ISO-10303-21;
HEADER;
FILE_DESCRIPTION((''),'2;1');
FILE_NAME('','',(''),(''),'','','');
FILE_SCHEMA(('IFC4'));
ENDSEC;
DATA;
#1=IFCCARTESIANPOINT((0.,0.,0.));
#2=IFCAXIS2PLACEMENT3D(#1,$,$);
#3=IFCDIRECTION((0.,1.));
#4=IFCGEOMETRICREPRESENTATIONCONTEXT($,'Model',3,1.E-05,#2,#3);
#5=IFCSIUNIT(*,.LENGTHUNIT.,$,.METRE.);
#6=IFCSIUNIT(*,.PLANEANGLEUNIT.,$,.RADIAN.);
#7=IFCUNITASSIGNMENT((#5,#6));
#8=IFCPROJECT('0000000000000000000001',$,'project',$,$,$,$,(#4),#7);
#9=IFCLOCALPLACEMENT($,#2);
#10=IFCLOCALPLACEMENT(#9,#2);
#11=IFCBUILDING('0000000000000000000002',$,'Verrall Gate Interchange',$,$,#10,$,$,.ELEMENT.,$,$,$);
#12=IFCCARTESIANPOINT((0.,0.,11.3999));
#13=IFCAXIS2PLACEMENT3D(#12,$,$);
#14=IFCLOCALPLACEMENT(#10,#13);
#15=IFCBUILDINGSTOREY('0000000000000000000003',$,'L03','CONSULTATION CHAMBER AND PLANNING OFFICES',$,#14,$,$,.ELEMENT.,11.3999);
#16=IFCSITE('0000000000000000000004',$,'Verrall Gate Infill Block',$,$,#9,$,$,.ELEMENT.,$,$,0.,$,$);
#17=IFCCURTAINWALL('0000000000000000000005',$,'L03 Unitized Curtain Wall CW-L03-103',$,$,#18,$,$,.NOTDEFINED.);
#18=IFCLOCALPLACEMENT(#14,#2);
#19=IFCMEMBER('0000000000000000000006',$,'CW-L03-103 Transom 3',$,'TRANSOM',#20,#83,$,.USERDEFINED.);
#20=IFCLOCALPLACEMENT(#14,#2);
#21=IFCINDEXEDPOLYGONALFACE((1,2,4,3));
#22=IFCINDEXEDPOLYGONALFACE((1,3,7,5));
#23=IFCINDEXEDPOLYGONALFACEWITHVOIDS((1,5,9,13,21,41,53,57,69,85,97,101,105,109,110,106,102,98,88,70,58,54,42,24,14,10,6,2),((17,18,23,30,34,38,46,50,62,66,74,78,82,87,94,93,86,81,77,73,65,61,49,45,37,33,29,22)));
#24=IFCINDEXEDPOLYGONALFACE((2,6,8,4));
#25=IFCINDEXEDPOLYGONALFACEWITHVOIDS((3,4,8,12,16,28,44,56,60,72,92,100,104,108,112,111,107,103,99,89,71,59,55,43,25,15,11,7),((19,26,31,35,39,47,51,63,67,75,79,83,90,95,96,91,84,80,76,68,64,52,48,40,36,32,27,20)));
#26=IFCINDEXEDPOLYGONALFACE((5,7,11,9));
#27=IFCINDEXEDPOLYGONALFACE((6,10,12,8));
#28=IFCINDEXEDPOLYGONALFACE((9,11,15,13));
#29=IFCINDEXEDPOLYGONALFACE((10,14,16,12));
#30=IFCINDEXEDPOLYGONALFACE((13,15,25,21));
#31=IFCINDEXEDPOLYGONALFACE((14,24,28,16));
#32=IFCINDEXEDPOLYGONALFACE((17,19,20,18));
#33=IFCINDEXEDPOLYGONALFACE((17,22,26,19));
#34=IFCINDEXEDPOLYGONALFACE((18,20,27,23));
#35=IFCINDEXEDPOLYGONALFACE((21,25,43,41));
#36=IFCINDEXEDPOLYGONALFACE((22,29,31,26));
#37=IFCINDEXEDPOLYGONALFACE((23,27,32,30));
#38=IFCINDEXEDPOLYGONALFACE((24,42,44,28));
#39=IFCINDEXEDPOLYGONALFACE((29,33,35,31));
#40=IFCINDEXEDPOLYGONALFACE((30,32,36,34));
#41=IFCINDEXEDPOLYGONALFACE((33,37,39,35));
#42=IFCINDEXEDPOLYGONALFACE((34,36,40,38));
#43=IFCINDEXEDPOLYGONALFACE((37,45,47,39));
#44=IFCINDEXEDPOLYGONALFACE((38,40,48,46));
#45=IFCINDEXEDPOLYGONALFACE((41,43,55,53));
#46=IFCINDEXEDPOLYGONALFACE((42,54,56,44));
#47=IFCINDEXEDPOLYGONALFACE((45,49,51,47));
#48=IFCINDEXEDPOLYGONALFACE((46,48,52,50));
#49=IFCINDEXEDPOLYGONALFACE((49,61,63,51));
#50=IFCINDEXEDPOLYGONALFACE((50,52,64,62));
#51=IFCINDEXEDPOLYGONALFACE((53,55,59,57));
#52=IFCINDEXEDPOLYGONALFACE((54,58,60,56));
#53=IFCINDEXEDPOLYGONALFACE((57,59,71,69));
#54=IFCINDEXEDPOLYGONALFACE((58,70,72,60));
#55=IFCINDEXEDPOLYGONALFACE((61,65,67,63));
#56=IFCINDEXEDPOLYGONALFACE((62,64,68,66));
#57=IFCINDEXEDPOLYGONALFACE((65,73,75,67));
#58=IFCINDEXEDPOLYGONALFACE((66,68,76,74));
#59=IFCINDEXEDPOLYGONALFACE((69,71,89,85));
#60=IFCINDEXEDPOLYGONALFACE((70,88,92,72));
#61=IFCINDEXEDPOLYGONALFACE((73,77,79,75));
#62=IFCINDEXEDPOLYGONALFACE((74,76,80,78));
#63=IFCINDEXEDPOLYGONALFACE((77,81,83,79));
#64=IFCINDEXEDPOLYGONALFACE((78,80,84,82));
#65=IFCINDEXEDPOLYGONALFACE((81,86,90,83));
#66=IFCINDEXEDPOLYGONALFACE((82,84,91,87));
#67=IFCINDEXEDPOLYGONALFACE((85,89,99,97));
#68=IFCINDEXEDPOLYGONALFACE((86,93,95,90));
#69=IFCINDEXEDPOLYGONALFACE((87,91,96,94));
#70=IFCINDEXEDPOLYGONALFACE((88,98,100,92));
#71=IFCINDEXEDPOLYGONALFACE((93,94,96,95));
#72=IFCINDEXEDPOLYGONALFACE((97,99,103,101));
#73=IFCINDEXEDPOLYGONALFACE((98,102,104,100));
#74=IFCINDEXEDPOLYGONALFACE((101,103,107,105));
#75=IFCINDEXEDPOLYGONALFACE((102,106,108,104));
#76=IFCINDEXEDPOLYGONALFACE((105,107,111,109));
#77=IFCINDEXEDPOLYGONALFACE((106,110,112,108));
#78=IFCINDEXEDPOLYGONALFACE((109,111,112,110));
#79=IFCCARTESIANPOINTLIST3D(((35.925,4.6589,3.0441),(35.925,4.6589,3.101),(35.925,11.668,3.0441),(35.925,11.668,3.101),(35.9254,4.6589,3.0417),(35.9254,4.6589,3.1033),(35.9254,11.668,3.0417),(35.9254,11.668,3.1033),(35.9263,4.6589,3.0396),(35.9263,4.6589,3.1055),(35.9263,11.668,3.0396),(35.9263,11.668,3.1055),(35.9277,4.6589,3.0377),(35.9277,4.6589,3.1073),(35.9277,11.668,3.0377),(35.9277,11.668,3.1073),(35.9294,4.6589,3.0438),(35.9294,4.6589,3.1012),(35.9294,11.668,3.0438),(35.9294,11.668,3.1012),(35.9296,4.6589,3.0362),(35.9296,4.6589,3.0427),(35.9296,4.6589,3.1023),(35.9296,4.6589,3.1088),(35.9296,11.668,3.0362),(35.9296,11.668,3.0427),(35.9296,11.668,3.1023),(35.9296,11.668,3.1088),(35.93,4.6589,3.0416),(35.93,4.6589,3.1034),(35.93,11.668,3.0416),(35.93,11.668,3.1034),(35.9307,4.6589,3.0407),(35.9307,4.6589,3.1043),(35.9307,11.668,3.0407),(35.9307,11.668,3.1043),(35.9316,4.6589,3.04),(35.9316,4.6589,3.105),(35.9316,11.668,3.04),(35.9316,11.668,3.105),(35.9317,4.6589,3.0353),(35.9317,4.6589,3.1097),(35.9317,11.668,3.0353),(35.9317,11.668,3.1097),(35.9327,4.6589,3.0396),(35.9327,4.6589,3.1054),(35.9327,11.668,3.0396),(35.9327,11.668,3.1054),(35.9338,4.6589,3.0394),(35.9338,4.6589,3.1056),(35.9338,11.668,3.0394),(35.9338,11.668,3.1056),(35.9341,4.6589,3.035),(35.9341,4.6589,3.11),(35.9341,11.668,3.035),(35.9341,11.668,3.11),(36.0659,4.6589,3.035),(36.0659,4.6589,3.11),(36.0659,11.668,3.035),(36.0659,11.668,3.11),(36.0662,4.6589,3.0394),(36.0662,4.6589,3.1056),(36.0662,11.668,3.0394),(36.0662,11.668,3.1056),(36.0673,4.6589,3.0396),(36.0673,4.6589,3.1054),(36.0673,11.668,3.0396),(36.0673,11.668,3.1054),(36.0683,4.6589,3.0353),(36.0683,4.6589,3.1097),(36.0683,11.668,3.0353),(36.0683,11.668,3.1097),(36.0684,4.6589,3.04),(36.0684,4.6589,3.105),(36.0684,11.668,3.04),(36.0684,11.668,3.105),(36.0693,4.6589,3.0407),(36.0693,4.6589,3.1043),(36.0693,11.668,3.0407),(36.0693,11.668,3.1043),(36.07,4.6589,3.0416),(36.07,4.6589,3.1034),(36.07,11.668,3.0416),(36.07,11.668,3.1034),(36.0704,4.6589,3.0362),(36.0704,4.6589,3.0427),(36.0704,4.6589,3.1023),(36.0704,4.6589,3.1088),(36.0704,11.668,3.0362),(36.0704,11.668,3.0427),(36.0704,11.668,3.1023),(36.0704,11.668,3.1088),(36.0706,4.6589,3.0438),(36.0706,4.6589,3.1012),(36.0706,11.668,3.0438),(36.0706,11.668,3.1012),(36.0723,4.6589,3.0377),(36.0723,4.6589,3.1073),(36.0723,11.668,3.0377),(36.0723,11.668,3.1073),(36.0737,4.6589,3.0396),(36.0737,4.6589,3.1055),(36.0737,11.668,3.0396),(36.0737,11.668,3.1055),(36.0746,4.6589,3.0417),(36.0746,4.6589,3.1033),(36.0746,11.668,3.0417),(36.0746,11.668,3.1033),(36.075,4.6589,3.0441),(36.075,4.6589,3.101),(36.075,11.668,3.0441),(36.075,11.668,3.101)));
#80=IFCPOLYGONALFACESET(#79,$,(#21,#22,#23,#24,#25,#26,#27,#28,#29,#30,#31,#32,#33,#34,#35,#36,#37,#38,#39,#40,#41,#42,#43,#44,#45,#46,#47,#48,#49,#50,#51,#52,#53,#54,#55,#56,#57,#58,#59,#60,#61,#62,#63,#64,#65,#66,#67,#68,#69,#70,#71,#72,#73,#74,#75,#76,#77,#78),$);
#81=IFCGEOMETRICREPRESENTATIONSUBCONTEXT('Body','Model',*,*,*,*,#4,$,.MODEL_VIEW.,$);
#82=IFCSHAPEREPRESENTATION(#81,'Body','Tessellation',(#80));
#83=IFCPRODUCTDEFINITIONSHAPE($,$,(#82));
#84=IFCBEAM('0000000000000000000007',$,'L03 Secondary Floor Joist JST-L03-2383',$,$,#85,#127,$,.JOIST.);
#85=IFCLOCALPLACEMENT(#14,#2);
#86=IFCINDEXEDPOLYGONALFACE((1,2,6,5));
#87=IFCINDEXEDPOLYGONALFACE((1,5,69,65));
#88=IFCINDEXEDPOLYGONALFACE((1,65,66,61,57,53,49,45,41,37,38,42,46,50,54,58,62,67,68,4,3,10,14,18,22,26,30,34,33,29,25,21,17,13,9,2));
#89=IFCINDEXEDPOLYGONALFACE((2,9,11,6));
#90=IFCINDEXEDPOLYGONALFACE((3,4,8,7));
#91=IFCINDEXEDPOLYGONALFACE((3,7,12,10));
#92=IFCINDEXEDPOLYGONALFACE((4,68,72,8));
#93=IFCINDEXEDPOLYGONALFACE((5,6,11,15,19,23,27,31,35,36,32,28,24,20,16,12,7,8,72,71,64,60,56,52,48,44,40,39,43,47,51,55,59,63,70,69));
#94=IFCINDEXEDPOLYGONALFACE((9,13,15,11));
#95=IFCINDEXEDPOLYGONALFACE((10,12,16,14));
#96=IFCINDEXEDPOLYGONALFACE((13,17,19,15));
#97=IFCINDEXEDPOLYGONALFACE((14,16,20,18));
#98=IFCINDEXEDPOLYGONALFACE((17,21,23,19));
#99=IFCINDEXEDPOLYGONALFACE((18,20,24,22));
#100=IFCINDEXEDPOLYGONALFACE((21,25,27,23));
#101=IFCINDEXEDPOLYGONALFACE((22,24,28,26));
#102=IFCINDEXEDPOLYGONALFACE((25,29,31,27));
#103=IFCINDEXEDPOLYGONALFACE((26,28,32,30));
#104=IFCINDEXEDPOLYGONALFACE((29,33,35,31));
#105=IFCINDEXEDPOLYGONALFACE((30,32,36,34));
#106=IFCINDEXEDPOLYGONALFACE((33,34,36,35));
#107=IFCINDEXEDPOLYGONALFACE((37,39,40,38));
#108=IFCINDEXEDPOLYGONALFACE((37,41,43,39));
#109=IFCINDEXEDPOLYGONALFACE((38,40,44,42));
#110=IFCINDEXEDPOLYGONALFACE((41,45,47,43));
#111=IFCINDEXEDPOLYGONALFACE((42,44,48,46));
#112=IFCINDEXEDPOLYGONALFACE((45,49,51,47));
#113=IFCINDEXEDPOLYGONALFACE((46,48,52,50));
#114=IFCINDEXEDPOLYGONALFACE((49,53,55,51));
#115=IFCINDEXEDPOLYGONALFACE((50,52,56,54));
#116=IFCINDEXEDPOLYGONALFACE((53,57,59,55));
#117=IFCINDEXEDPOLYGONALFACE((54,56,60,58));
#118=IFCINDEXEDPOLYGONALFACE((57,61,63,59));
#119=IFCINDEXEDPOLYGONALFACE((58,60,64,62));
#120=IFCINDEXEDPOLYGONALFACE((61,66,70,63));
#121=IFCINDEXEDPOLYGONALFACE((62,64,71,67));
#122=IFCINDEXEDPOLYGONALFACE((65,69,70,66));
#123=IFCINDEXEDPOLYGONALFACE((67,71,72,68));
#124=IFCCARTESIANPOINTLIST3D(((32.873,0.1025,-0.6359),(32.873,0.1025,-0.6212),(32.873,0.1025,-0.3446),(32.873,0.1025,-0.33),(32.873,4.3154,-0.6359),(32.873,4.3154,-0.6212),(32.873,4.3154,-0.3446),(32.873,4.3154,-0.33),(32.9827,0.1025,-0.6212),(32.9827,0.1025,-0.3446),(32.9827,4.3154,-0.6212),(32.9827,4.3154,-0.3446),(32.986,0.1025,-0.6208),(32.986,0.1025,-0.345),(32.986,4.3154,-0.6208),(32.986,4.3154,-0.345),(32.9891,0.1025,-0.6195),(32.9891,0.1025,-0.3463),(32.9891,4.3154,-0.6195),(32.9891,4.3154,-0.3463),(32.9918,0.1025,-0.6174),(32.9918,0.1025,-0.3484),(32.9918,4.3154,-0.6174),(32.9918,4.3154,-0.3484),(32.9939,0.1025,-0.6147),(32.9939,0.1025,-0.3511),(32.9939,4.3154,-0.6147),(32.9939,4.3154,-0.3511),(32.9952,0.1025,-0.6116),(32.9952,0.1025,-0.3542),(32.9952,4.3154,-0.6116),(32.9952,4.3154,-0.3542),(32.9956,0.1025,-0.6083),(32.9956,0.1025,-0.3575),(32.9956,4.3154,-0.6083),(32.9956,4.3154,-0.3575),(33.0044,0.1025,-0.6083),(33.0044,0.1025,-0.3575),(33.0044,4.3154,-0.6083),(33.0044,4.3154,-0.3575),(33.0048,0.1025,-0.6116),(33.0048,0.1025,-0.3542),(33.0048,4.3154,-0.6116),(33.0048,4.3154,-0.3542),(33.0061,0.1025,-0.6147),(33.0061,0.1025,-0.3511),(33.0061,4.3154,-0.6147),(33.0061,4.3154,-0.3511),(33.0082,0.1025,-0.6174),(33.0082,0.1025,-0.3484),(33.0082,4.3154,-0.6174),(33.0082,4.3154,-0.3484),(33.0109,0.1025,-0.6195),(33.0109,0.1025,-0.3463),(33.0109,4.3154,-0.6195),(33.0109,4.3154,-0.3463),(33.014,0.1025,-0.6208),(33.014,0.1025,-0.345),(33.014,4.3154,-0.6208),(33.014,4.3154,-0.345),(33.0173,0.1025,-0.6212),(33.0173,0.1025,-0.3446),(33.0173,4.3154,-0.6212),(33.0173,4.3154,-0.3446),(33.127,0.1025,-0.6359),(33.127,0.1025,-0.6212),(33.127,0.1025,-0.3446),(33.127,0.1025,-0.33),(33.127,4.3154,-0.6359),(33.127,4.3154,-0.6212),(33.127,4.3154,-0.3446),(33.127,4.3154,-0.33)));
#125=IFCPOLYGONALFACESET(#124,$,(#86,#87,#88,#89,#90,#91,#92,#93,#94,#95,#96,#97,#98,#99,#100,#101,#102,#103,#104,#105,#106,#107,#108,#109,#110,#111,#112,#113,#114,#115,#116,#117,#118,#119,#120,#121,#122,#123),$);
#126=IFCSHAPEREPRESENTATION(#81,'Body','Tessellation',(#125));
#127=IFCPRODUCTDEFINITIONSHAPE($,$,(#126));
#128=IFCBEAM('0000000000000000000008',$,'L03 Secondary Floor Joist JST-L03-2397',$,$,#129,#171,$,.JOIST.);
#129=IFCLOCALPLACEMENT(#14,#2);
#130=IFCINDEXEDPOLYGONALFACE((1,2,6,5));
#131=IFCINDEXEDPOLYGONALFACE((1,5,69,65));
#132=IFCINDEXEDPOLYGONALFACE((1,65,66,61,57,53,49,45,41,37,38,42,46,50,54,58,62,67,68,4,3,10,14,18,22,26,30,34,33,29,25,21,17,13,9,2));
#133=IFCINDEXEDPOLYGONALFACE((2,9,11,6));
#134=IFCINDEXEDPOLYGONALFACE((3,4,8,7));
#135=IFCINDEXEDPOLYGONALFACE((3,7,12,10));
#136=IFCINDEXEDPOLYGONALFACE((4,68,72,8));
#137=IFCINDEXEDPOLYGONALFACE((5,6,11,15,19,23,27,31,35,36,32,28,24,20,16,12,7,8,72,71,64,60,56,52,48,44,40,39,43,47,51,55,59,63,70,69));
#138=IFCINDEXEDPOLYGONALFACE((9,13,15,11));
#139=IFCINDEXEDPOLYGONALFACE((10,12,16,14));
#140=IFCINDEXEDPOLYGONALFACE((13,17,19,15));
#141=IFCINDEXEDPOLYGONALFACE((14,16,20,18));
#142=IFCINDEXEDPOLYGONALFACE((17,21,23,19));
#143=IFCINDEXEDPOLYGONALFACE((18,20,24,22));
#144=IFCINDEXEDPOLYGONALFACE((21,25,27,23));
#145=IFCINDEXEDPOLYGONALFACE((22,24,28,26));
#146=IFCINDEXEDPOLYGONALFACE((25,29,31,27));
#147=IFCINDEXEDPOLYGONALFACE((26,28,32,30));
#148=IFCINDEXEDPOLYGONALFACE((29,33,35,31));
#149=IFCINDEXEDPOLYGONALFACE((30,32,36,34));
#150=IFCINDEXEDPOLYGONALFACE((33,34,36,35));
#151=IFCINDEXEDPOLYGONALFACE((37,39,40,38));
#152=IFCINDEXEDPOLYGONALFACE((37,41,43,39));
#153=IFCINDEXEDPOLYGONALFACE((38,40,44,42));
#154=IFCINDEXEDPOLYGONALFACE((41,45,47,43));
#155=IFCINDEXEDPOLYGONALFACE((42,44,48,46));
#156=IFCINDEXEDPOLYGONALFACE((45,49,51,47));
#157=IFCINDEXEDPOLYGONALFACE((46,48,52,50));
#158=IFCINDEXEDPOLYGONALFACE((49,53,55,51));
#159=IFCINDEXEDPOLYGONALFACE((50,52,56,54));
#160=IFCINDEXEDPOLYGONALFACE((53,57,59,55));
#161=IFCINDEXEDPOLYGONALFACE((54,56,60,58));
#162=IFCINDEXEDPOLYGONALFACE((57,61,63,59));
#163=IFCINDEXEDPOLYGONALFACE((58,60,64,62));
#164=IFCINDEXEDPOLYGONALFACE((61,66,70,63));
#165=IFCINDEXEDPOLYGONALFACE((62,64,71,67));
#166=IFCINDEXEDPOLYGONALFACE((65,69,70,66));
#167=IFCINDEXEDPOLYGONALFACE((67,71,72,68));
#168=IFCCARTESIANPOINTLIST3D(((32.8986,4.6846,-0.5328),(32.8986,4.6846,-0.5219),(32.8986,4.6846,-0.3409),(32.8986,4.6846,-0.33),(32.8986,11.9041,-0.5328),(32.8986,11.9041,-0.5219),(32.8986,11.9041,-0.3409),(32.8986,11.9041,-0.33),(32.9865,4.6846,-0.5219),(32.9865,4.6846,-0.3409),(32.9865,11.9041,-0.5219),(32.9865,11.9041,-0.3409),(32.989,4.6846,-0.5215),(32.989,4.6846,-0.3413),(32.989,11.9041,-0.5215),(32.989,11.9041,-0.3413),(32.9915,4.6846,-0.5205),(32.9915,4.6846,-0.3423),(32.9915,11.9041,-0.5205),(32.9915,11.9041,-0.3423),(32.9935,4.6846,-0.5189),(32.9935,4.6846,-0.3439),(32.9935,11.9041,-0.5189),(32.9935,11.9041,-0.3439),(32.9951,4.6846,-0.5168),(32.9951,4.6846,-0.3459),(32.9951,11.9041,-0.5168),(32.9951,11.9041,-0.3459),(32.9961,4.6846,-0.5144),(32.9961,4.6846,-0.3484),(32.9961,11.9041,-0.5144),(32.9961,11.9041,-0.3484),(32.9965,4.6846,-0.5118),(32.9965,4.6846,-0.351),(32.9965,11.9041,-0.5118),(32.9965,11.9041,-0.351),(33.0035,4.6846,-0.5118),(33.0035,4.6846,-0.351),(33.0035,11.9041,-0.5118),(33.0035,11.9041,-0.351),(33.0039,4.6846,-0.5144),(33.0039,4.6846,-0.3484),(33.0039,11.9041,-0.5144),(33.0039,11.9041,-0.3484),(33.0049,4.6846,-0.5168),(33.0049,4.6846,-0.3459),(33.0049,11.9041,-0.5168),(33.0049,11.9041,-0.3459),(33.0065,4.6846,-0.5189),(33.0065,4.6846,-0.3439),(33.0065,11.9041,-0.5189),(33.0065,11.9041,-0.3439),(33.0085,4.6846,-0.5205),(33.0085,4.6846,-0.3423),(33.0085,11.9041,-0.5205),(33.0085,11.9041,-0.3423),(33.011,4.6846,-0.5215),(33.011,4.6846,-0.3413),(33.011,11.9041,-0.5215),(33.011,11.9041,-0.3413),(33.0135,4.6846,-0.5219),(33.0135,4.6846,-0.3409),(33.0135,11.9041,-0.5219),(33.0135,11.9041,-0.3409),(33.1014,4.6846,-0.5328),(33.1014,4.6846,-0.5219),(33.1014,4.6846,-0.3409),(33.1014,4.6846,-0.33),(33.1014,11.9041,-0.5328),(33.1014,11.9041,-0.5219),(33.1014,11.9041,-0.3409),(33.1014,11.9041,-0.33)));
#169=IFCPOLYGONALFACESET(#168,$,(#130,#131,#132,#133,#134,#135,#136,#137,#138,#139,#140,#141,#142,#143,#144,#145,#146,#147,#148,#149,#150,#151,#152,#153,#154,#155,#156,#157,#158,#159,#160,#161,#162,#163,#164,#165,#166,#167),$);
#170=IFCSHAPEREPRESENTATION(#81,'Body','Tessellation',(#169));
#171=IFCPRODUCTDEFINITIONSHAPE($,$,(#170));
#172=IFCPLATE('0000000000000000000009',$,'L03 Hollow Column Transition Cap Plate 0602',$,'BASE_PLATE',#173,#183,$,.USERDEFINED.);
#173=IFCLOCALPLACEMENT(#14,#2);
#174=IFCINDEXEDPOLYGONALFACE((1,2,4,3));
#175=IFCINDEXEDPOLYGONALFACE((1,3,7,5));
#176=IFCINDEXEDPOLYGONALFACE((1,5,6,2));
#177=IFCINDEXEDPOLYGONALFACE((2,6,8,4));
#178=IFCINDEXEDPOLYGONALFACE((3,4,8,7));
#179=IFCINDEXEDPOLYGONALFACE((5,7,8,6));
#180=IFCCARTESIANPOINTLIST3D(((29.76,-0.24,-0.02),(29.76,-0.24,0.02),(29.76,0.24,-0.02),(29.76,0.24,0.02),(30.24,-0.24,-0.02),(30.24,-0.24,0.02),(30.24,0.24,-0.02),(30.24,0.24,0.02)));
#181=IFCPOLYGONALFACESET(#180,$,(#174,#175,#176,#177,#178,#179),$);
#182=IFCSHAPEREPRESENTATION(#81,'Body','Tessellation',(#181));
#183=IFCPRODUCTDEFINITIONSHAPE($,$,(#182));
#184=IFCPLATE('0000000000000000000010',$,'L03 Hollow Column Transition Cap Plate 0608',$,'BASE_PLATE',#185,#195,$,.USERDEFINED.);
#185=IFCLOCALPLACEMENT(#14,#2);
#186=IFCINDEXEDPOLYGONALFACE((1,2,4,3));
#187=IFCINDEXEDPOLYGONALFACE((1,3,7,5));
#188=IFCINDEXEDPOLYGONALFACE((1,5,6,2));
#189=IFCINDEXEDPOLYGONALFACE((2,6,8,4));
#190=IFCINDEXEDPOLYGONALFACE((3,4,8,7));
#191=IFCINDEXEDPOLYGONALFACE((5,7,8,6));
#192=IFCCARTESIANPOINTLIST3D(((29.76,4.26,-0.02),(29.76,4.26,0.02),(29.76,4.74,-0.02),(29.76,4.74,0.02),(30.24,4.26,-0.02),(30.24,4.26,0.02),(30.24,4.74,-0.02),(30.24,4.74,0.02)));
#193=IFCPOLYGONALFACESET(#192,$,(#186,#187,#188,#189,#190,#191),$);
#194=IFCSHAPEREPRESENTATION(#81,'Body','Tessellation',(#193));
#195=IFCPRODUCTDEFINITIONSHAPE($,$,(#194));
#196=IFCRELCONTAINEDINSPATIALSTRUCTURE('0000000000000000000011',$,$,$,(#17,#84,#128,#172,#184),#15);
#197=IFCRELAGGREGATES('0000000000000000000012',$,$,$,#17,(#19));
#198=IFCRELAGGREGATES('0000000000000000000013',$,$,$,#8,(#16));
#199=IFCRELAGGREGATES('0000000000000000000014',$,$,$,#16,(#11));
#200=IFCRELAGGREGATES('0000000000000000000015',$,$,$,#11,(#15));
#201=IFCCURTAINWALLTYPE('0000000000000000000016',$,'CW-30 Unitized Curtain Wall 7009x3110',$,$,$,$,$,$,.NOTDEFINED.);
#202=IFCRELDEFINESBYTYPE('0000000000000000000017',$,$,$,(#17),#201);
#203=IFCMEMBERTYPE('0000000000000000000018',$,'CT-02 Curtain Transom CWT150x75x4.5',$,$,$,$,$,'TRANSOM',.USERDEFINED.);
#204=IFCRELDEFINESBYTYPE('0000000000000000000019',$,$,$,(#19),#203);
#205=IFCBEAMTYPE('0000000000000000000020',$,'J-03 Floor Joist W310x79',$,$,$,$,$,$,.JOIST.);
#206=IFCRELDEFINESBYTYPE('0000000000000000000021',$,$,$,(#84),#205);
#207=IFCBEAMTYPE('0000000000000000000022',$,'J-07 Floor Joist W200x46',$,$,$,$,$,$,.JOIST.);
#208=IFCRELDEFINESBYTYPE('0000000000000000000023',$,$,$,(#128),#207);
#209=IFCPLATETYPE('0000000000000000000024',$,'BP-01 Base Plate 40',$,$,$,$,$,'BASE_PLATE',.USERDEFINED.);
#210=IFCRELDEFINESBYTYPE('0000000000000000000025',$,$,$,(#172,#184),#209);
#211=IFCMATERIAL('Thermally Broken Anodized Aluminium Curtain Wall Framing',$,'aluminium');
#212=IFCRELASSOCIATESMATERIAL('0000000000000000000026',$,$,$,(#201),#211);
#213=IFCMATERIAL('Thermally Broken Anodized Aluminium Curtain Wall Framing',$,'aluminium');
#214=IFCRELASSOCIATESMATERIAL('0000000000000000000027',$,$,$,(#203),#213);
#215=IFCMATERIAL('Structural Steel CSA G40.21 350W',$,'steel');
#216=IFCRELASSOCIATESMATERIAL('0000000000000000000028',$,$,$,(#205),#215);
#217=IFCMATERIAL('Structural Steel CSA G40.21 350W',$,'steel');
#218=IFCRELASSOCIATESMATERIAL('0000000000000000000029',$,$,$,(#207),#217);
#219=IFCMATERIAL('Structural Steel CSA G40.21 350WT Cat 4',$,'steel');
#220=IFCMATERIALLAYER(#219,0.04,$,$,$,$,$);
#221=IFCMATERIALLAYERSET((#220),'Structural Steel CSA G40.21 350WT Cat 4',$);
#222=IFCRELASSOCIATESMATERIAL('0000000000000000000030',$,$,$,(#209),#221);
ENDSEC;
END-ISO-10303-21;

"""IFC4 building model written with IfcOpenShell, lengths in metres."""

from ifc_helpers import new_model, si_unit, direction, frame, origin, origin_2d, place, context, subcontext, project, spatial, rectangle, hollow_rectangle, i_section, extrude, material, layer, layer_set, material_profile, profile_set, type_object, element, aggregate, save


model = new_model("IFC4")

# Units and contexts
model_context = context("Model", 3, precision=1e-05, world=origin(), true_north=direction((0.0, 1.0)))
body_context = subcontext(model_context, "Body", "Model", "MODEL_VIEW")
ifc_project = project(units=[si_unit("LENGTHUNIT", "METRE"), si_unit("PLANEANGLEUNIT", "RADIAN")], contexts=[model_context])

# Site, building, storey
site_placement = place(None, origin())
site = spatial("IfcSite", under=ifc_project, at=site_placement, Name="Verrall Gate Infill Block", CompositionType="ELEMENT", RefElevation=0.0)
building_placement = place(site_placement, origin())
building = spatial("IfcBuilding", under=site, at=building_placement, Name="Verrall Gate Interchange", CompositionType="ELEMENT")
storey_placement = place(building_placement, frame((0.0, 0.0, 11.3999)))
storey = spatial("IfcBuildingStorey", under=building, at=storey_placement, Name="L03", Description="CONSULTATION CHAMBER AND PLANNING OFFICES", CompositionType="ELEMENT", Elevation=11.3999)

# Curtain wall, member
ifc_material_1 = material(Name="Thermally Broken Anodized Aluminium Curtain Wall Framing", Category="aluminium")
curtain_wall_type = type_object("IfcCurtainWallType", Name="CW-30 Unitized Curtain Wall 7009x3110", PredefinedType="NOTDEFINED", material=ifc_material_1)
curtain_wall_placement = place(storey_placement, origin())
curtain_wall = element("IfcCurtainWall", 1, at=curtain_wall_placement, inside=storey, type_object=curtain_wall_type, Name="L03 Unitized Curtain Wall CW-L03-103", PredefinedType="NOTDEFINED")
ifc_material_2 = material(Name="Thermally Broken Anodized Aluminium Curtain Wall Framing", Category="aluminium")
ifc_material_profile_1 = material_profile(ifc_material_2, hollow_rectangle(XDim=0.1499, YDim=0.075, WallThickness=0.0044, InnerFilletRadius=0.0044, OuterFilletRadius=0.009, at=origin_2d()), Name="CWT150x75x4.5")
ifc_profile_set_1 = profile_set([ifc_material_profile_1], Name="Thermally Broken Anodized Aluminium Curtain Wall Framing")
member_type_1 = type_object("IfcMemberType", Name="CT-02 Curtain Transom CWT150x75x4.5", ElementType="TRANSOM", PredefinedType="USERDEFINED", material=ifc_profile_set_1)
member_1_placement = place(storey_placement, frame((36.0, 4.6589, 3.0725), z_axis=(0.0, 1.0, 0.0), x_axis=(-1.0, 0.0, 0.0)))
member_1 = element("IfcMember", 2, at=member_1_placement, type_object=member_type_1, Name="CW-L03-103 Transom 3", ObjectType="TRANSOM", PredefinedType="USERDEFINED", context=body_context, shape_type="SweptSolid", body=[
    extrude(hollow_rectangle(XDim=0.1499, YDim=0.075, WallThickness=0.0044, InnerFilletRadius=0.0044, OuterFilletRadius=0.009, at=origin_2d()), origin(), (0.0, 0.0, 1.0), 7.009),
])

# Beams
ifc_material_3 = material(Name="Structural Steel CSA G40.21 350W", Category="steel")
ifc_material_profile_2 = material_profile(ifc_material_3, i_section(OverallWidth=0.2539, OverallDepth=0.3059, WebThickness=0.0088, FlangeThickness=0.0146, FilletRadius=0.0129, at=origin_2d()), Name="W310x79")
ifc_profile_set_2 = profile_set([ifc_material_profile_2], Name="Structural Steel CSA G40.21 350W")
beam_type_1 = type_object("IfcBeamType", Name="J-03 Floor Joist W310x79", PredefinedType="JOIST", material=ifc_profile_set_2)
beam_1_placement = place(storey_placement, frame((33.0, 0.1025, -0.4829), z_axis=(0.0, 1.0, 0.0), x_axis=(-1.0, 0.0, 0.0)))
element("IfcBeam", 3, at=beam_1_placement, inside=storey, type_object=beam_type_1, Name="L03 Secondary Floor Joist JST-L03-2383", PredefinedType="JOIST", context=body_context, shape_type="SweptSolid", body=[
    extrude(i_section(OverallWidth=0.2539, OverallDepth=0.3059, WebThickness=0.0088, FlangeThickness=0.0146, FilletRadius=0.0129, at=origin_2d()), origin(), (0.0, 0.0, 1.0), 4.2129),
])
ifc_material_4 = material(Name="Structural Steel CSA G40.21 350W", Category="steel")
ifc_material_profile_3 = material_profile(ifc_material_4, i_section(OverallWidth=0.2029, OverallDepth=0.2029, WebThickness=0.0071, FlangeThickness=0.011, FilletRadius=0.01, at=origin_2d()), Name="W200x46")
ifc_profile_set_3 = profile_set([ifc_material_profile_3], Name="Structural Steel CSA G40.21 350W")
beam_type_2 = type_object("IfcBeamType", Name="J-07 Floor Joist W200x46", PredefinedType="JOIST", material=ifc_profile_set_3)
beam_2_placement = place(storey_placement, frame((33.0, 4.6846, -0.4314), z_axis=(0.0, 1.0, 0.0), x_axis=(-1.0, 0.0, 0.0)))
element("IfcBeam", 4, at=beam_2_placement, inside=storey, type_object=beam_type_2, Name="L03 Secondary Floor Joist JST-L03-2397", PredefinedType="JOIST", context=body_context, shape_type="SweptSolid", body=[
    extrude(i_section(OverallWidth=0.2029, OverallDepth=0.2029, WebThickness=0.0071, FlangeThickness=0.011, FilletRadius=0.01, at=origin_2d()), origin(), (0.0, 0.0, 1.0), 7.2195),
])

# Plates
ifc_material_5 = material(Name="Structural Steel CSA G40.21 350WT Cat 4", Category="steel")
ifc_layer_1 = layer(ifc_material_5, 0.04)
ifc_layer_set_1 = layer_set([ifc_layer_1], Name="Structural Steel CSA G40.21 350WT Cat 4")
plate_type_1 = type_object("IfcPlateType", Name="BP-01 Base Plate 40", ElementType="BASE_PLATE", PredefinedType="USERDEFINED", material=ifc_layer_set_1)
for number, where, z_axis, x_axis, name in (
    (5, (30.0, 0.0, -0.02), (0.0, 0.0, 1.0), (1.0, 0.0, 0.0), "L03 Hollow Column Transition Cap Plate 0602"),
    (6, (30.0, 4.5, -0.02), (0.0, 0.0, 1.0), (1.0, 0.0, 0.0), "L03 Hollow Column Transition Cap Plate 0608"),
):
    element("IfcPlate", number, at=place(storey_placement, frame(where, z_axis=z_axis, x_axis=x_axis)), inside=storey, type_object=plate_type_1, Name=name, ObjectType="BASE_PLATE", PredefinedType="USERDEFINED", context=body_context, shape_type="SweptSolid", body=[
        extrude(rectangle(XDim=0.48, YDim=0.48, at=origin_2d()), origin(), (0.0, 0.0, 1.0), 0.04),
    ])

aggregate(curtain_wall, [member_1])

save(model, "model.ifc")
